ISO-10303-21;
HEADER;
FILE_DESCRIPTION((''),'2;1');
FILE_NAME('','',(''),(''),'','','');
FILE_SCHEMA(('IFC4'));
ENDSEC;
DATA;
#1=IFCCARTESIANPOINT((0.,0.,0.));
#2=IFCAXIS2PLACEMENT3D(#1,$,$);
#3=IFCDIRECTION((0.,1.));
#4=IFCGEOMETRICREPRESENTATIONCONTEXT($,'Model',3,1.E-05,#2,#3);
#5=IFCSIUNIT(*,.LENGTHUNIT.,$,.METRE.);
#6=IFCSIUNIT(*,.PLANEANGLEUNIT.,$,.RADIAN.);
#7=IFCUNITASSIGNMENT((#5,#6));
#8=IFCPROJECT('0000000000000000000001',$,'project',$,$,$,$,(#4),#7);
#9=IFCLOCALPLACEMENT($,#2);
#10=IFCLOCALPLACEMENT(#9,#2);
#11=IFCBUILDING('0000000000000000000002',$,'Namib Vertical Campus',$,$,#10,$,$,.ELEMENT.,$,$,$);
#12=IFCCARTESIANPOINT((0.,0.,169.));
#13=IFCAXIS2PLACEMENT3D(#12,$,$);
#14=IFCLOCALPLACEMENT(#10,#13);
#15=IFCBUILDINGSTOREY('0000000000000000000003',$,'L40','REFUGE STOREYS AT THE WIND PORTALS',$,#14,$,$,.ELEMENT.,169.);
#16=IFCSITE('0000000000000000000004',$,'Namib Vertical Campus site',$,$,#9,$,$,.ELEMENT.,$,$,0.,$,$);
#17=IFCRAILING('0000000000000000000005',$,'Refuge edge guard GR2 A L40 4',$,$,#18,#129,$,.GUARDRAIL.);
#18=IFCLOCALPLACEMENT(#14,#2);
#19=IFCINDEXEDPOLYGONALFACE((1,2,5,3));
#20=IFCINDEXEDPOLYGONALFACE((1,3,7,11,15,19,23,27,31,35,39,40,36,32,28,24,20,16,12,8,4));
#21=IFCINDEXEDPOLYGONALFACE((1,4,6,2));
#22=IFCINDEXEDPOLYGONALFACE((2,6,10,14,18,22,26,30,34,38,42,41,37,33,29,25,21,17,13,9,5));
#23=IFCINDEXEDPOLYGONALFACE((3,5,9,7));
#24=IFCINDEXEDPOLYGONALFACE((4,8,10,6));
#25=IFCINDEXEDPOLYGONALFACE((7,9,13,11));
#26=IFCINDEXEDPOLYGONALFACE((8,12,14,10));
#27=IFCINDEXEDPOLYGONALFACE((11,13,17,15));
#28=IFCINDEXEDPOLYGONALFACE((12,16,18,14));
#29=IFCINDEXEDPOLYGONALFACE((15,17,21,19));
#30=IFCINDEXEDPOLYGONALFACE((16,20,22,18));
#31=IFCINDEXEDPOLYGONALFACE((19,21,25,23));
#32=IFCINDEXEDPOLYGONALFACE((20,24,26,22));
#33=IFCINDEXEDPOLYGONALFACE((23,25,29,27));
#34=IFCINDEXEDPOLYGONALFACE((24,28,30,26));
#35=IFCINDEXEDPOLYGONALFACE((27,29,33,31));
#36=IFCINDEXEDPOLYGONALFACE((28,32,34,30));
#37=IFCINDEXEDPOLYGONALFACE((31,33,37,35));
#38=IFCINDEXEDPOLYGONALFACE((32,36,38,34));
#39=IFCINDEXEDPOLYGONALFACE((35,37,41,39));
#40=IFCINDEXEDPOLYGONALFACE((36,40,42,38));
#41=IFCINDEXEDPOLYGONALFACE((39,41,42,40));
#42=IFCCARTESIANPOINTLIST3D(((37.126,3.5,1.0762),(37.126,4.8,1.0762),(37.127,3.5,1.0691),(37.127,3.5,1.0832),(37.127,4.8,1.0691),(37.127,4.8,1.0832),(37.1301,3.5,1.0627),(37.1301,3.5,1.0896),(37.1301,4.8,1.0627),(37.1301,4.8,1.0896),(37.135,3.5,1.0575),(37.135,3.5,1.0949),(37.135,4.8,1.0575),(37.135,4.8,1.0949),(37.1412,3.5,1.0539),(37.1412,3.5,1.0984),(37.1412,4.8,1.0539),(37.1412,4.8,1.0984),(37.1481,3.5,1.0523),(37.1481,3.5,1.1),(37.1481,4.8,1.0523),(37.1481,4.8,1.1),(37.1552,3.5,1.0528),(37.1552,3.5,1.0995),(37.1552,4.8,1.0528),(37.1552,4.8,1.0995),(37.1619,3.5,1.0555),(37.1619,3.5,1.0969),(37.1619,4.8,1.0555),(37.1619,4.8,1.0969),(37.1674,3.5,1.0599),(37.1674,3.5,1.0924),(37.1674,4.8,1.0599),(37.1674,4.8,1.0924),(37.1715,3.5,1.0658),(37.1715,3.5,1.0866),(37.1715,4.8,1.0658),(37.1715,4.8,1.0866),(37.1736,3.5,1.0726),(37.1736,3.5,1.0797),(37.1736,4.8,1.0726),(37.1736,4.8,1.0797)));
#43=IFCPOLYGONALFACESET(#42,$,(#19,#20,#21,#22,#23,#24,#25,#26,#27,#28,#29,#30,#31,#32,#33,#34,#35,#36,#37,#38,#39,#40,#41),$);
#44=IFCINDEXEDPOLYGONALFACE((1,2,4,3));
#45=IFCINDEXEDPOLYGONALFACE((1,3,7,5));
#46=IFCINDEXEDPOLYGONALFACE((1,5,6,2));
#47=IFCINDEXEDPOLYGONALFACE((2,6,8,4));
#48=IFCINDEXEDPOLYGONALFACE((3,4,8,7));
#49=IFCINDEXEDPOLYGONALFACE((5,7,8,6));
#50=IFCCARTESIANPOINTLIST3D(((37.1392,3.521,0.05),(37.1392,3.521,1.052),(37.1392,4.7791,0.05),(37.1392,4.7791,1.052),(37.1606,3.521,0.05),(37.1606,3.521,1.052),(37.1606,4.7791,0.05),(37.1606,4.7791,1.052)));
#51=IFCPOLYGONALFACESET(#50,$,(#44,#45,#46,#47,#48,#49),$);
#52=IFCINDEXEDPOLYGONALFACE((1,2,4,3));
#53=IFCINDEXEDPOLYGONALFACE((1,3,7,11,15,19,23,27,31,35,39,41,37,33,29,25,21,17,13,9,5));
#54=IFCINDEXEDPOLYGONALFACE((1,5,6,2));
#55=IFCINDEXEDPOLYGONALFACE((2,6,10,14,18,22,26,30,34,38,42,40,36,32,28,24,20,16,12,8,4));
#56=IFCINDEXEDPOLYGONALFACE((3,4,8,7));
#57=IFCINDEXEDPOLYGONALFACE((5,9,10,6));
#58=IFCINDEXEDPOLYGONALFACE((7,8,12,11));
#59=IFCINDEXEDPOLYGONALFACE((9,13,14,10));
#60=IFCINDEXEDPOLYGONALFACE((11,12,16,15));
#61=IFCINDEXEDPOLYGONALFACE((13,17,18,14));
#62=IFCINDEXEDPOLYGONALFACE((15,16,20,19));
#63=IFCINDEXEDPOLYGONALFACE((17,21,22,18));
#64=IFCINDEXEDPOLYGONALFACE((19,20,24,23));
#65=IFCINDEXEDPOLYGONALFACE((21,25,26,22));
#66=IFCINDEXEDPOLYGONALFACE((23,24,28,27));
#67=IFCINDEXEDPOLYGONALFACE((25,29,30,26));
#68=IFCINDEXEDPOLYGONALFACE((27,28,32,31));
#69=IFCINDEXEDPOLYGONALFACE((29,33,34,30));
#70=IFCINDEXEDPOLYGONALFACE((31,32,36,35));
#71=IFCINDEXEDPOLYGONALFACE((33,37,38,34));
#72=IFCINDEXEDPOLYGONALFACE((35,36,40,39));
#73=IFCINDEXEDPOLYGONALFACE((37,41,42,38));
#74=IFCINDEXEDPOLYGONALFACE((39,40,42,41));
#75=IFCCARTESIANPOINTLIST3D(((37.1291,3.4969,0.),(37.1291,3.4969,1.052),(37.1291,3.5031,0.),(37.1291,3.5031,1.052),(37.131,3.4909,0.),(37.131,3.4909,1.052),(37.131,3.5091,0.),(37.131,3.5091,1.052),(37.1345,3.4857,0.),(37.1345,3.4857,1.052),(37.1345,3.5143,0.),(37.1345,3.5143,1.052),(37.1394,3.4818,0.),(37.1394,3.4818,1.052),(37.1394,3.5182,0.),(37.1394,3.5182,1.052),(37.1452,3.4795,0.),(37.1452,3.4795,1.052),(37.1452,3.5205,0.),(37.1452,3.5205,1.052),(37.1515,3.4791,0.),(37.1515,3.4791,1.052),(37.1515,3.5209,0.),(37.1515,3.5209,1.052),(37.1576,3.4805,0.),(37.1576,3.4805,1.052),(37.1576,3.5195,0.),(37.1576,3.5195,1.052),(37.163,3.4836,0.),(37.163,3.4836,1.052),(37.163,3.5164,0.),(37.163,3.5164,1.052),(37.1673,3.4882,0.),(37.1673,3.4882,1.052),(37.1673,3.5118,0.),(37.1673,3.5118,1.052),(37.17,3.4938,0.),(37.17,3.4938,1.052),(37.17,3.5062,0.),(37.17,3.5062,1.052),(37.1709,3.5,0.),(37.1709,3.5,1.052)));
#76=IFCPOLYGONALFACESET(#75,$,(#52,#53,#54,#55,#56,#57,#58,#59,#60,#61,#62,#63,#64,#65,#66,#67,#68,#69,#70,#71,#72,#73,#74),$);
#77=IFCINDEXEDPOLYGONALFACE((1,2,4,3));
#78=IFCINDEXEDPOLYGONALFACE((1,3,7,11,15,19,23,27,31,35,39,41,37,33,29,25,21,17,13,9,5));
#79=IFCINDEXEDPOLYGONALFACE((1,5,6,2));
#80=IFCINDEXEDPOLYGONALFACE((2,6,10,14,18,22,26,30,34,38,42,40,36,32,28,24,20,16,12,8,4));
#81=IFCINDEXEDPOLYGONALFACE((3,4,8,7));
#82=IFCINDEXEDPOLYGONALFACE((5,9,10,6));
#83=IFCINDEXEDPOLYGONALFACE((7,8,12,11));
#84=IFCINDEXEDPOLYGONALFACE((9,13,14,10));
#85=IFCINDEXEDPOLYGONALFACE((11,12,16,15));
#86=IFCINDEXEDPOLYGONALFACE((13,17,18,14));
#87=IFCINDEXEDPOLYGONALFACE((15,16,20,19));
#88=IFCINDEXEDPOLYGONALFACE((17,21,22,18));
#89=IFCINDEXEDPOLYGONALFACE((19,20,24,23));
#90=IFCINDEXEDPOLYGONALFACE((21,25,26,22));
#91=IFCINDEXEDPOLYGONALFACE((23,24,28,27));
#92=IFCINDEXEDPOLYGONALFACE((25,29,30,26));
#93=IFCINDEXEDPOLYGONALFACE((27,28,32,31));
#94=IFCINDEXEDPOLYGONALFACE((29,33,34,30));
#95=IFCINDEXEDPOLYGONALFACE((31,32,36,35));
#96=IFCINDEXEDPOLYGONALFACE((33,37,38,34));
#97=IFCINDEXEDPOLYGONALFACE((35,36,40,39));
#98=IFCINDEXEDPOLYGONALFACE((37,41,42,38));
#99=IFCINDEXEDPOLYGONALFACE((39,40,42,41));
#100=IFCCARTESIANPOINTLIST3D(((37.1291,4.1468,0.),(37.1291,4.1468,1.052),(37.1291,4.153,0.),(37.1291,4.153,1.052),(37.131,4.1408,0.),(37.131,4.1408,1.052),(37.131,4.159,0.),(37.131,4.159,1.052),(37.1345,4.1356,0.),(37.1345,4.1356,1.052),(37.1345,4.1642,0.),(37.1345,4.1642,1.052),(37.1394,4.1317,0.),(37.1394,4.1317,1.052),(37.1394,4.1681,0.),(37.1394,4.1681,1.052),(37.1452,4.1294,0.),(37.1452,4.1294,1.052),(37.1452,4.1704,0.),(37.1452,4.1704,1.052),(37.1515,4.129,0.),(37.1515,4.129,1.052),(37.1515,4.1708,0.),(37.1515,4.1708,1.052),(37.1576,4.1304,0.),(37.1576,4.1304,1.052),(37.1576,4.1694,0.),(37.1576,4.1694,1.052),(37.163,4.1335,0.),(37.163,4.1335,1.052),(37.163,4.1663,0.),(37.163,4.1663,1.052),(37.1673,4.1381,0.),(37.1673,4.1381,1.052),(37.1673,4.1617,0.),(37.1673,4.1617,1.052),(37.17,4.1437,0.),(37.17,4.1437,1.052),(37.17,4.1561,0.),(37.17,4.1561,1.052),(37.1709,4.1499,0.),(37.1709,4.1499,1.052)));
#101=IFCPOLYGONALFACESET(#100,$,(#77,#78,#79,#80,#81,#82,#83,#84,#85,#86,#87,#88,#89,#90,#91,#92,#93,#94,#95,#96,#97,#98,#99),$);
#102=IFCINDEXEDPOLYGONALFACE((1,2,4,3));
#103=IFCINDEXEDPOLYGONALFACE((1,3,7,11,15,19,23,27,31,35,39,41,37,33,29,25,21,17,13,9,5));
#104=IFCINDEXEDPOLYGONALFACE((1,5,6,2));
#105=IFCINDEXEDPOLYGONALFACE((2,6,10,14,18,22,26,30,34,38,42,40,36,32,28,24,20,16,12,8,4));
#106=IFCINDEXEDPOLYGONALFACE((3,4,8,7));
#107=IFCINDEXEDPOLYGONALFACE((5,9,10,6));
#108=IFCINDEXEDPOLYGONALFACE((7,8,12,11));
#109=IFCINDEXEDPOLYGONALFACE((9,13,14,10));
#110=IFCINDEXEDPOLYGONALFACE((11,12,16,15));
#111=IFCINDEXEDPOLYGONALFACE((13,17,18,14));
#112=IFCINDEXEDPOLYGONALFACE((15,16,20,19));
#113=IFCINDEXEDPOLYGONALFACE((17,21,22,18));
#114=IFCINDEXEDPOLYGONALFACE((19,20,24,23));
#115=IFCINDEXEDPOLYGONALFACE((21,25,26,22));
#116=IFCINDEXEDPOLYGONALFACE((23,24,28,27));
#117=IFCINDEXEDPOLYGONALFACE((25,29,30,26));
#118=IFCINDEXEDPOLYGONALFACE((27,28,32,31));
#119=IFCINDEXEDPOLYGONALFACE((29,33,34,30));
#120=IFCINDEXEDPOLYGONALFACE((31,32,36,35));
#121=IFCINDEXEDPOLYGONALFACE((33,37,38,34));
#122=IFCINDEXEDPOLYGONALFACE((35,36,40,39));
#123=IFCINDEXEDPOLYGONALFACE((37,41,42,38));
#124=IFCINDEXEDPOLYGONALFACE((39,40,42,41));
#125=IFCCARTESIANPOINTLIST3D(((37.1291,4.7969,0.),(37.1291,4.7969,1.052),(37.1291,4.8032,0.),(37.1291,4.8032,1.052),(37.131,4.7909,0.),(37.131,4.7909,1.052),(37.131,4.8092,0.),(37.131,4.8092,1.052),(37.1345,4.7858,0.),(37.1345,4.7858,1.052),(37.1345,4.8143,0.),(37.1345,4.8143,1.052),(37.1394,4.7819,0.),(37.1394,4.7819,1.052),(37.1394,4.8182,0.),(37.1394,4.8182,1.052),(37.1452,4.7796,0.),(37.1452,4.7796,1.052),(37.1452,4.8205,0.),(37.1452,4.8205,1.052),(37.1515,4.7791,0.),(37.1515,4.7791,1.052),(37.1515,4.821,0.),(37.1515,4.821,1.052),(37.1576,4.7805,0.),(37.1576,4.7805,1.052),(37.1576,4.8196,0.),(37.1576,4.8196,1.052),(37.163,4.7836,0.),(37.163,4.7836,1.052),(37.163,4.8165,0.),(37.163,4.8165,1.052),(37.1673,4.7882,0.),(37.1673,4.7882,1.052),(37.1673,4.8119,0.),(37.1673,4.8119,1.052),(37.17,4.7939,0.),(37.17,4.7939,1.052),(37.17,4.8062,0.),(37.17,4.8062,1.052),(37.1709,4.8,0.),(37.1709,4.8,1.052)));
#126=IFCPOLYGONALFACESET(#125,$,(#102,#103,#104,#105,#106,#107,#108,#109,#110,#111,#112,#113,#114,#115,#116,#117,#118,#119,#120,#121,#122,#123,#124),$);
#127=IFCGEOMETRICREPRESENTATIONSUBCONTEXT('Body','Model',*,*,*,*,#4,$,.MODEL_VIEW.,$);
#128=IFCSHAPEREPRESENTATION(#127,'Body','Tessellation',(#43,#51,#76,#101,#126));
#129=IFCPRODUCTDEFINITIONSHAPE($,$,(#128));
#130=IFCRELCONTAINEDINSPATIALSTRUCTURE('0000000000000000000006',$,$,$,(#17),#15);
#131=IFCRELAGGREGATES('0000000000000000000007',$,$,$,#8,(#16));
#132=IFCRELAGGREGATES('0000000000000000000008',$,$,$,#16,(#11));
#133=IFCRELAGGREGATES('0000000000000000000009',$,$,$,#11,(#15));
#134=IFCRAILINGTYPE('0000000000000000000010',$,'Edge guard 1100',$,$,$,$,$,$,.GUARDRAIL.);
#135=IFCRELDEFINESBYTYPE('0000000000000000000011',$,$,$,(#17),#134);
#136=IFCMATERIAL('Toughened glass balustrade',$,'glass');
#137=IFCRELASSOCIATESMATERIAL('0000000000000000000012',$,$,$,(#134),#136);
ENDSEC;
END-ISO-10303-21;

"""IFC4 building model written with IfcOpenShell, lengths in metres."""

from ifc_helpers import new_model, si_unit, direction, frame, origin, origin_2d, place, context, subcontext, project, spatial, polyline, circle, outline, extrude, material, type_object, element, save


model = new_model("IFC4")

# Units and contexts
model_context = context("Model", 3, precision=1e-05, world=origin(), true_north=direction((0.0, 1.0)))
body_context = subcontext(model_context, "Body", "Model", "MODEL_VIEW")
ifc_project = project(units=[si_unit("LENGTHUNIT", "METRE"), si_unit("PLANEANGLEUNIT", "RADIAN")], contexts=[model_context])

# Site, building, storey
site_placement = place(None, origin())
site = spatial("IfcSite", under=ifc_project, at=site_placement, Name="Namib Vertical Campus site", CompositionType="ELEMENT", RefElevation=0.0)
building_placement = place(site_placement, origin())
building = spatial("IfcBuilding", under=site, at=building_placement, Name="Namib Vertical Campus", CompositionType="ELEMENT")
storey_placement = place(building_placement, frame((0.0, 0.0, 169.0)))
storey = spatial("IfcBuildingStorey", under=building, at=storey_placement, Name="L40", Description="REFUGE STOREYS AT THE WIND PORTALS", CompositionType="ELEMENT", Elevation=169.0)

# Railing
ifc_material_1 = material(Name="Toughened glass balustrade", Category="glass")
railing_type = type_object("IfcRailingType", Name="Edge guard 1100", PredefinedType="GUARDRAIL", material=ifc_material_1)
railing_1_placement = place(storey_placement, frame((37.1499, 3.5, 0.0)))
element("IfcRailing", 1, at=railing_1_placement, inside=storey, type_object=railing_type, Name="Refuge edge guard GR2 A L40 4", PredefinedType="GUARDRAIL", context=body_context, shape_type="SweptSolid", body=[
    extrude(circle(Radius=0.0239, at=origin_2d()), frame((0.0, 0.0, 1.0762), z_axis=(0.0, 1.0, 0.0), x_axis=(-1.0, 0.0, 0.0)), (0.0, 0.0, 1.0), 1.3),
    extrude(outline(polyline([(0.021, 0.05), (1.2791, 0.05), (1.2791, 1.052), (0.021, 1.052), (0.021, 0.05)])), frame((-0.0107, 0.0, 0.0), z_axis=(1.0, 0.0, 0.0), x_axis=(0.0, 1.0, 0.0)), (0.0, 0.0, 1.0), 0.0215),
    extrude(circle(Radius=0.021, at=origin_2d()), origin(), (0.0, 0.0, 1.0), 1.052),
    extrude(circle(Radius=0.021, at=origin_2d()), frame((0.0, 0.6499, 0.0)), (0.0, 0.0, 1.0), 1.052),
    extrude(circle(Radius=0.021, at=origin_2d()), frame((0.0, 1.3, 0.0)), (0.0, 0.0, 1.0), 1.052),
])

save(model, "model.ifc")
